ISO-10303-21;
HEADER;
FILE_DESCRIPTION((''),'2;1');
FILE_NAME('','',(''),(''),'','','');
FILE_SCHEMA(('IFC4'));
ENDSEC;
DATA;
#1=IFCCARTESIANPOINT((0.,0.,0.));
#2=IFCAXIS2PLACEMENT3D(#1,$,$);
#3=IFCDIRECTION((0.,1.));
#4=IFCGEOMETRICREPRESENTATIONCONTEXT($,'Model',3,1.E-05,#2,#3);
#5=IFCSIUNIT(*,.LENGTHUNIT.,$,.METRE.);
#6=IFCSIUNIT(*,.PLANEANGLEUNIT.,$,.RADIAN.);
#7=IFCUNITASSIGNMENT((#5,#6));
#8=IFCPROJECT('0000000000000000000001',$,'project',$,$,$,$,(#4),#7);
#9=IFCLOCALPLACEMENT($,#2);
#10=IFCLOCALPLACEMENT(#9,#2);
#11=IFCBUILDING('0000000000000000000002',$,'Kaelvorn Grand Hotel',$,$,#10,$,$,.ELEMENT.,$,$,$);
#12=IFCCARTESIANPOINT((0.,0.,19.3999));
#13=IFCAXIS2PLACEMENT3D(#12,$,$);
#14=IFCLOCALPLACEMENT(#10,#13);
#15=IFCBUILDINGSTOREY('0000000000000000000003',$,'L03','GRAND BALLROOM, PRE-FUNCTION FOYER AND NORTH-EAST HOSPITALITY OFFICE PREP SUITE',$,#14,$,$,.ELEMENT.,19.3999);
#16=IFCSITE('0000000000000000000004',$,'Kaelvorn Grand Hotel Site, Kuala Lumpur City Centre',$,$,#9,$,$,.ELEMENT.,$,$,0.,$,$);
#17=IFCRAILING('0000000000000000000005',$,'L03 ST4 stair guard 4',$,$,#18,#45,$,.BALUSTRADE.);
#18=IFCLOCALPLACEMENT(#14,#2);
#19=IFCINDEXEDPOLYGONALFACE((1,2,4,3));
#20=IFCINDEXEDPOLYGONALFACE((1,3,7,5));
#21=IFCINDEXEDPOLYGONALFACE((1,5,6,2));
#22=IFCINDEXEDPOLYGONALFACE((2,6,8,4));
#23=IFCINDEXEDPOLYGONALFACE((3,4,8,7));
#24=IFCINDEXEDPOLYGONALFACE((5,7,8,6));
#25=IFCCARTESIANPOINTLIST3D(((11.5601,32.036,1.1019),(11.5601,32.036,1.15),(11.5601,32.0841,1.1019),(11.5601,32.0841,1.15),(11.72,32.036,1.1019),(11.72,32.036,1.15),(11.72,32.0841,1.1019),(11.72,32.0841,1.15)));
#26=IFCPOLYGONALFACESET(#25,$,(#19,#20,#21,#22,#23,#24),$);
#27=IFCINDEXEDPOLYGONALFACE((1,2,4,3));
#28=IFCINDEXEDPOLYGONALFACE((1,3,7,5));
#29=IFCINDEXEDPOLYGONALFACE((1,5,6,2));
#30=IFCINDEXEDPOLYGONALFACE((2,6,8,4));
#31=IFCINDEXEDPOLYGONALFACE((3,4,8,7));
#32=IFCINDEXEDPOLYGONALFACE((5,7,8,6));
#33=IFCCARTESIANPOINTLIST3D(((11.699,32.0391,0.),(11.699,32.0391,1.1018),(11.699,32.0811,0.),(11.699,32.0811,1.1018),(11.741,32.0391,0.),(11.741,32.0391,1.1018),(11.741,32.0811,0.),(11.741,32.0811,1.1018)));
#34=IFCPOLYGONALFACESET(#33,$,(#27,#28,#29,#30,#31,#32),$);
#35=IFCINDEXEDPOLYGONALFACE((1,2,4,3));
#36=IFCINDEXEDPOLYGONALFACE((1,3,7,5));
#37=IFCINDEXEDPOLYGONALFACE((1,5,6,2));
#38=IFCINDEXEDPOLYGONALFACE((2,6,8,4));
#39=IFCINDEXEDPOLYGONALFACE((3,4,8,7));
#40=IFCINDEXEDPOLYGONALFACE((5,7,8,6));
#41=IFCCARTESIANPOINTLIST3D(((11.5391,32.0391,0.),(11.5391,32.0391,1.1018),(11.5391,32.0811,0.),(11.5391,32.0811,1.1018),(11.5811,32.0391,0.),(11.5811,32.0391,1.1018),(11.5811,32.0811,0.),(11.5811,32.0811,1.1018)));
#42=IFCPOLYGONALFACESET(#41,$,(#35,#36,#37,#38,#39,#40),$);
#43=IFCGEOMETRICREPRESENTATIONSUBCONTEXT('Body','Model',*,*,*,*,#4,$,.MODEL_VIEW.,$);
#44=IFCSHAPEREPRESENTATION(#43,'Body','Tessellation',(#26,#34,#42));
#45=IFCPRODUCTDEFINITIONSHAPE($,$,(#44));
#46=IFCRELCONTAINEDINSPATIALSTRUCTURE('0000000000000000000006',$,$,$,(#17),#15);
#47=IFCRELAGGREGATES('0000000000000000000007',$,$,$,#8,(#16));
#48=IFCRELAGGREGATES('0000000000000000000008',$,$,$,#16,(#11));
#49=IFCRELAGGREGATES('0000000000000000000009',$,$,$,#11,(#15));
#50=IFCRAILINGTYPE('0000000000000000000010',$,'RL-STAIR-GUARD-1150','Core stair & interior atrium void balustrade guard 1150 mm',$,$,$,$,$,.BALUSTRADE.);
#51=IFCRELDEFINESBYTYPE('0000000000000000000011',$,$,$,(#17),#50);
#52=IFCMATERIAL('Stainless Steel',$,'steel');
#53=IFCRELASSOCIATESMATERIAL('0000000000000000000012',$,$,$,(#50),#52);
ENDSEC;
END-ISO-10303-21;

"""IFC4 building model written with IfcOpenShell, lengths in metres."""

from ifc_helpers import new_model, si_unit, direction, frame, origin, origin_2d, place, context, subcontext, project, spatial, rectangle, extrude, material, type_object, element, save


model = new_model("IFC4")

# Units and contexts
model_context = context("Model", 3, precision=1e-05, world=origin(), true_north=direction((0.0, 1.0)))
body_context = subcontext(model_context, "Body", "Model", "MODEL_VIEW")
ifc_project = project(units=[si_unit("LENGTHUNIT", "METRE"), si_unit("PLANEANGLEUNIT", "RADIAN")], contexts=[model_context])

# Site, building, storey
site_placement = place(None, origin())
site = spatial("IfcSite", under=ifc_project, at=site_placement, Name="Kaelvorn Grand Hotel Site, Kuala Lumpur City Centre", CompositionType="ELEMENT", RefElevation=0.0)
building_placement = place(site_placement, origin())
building = spatial("IfcBuilding", under=site, at=building_placement, Name="Kaelvorn Grand Hotel", CompositionType="ELEMENT")
storey_placement = place(building_placement, frame((0.0, 0.0, 19.3999)))
storey = spatial("IfcBuildingStorey", under=building, at=storey_placement, Name="L03", Description="GRAND BALLROOM, PRE-FUNCTION FOYER AND NORTH-EAST HOSPITALITY OFFICE PREP SUITE", CompositionType="ELEMENT", Elevation=19.3999)

# Railing
ifc_material_1 = material(Name="Stainless Steel", Category="steel")
railing_type = type_object("IfcRailingType", Name="RL-STAIR-GUARD-1150", Description="Core stair & interior atrium void balustrade guard 1150 mm", PredefinedType="BALUSTRADE", material=ifc_material_1)
railing_1_placement = place(storey_placement, frame((11.72, 32.0601, 0.0)))
element("IfcRailing", 1, at=railing_1_placement, inside=storey, type_object=railing_type, Name="L03 ST4 stair guard 4", PredefinedType="BALUSTRADE", context=body_context, shape_type="SweptSolid", body=[
    extrude(rectangle(XDim=0.0481, YDim=0.0481, at=origin_2d()), frame((0.0, 0.0, 1.126), z_axis=(-1.0, 0.0, 0.0), x_axis=(0.0, -1.0, 0.0)), (0.0, 0.0, 1.0), 0.1599),
    extrude(rectangle(XDim=0.042, YDim=0.042, at=origin_2d()), origin(), (0.0, 0.0, 1.0), 1.1018),
    extrude(rectangle(XDim=0.042, YDim=0.042, at=origin_2d()), frame((-0.1599, 0.0, 0.0)), (0.0, 0.0, 1.0), 1.1018),
])

save(model, "model.ifc")
